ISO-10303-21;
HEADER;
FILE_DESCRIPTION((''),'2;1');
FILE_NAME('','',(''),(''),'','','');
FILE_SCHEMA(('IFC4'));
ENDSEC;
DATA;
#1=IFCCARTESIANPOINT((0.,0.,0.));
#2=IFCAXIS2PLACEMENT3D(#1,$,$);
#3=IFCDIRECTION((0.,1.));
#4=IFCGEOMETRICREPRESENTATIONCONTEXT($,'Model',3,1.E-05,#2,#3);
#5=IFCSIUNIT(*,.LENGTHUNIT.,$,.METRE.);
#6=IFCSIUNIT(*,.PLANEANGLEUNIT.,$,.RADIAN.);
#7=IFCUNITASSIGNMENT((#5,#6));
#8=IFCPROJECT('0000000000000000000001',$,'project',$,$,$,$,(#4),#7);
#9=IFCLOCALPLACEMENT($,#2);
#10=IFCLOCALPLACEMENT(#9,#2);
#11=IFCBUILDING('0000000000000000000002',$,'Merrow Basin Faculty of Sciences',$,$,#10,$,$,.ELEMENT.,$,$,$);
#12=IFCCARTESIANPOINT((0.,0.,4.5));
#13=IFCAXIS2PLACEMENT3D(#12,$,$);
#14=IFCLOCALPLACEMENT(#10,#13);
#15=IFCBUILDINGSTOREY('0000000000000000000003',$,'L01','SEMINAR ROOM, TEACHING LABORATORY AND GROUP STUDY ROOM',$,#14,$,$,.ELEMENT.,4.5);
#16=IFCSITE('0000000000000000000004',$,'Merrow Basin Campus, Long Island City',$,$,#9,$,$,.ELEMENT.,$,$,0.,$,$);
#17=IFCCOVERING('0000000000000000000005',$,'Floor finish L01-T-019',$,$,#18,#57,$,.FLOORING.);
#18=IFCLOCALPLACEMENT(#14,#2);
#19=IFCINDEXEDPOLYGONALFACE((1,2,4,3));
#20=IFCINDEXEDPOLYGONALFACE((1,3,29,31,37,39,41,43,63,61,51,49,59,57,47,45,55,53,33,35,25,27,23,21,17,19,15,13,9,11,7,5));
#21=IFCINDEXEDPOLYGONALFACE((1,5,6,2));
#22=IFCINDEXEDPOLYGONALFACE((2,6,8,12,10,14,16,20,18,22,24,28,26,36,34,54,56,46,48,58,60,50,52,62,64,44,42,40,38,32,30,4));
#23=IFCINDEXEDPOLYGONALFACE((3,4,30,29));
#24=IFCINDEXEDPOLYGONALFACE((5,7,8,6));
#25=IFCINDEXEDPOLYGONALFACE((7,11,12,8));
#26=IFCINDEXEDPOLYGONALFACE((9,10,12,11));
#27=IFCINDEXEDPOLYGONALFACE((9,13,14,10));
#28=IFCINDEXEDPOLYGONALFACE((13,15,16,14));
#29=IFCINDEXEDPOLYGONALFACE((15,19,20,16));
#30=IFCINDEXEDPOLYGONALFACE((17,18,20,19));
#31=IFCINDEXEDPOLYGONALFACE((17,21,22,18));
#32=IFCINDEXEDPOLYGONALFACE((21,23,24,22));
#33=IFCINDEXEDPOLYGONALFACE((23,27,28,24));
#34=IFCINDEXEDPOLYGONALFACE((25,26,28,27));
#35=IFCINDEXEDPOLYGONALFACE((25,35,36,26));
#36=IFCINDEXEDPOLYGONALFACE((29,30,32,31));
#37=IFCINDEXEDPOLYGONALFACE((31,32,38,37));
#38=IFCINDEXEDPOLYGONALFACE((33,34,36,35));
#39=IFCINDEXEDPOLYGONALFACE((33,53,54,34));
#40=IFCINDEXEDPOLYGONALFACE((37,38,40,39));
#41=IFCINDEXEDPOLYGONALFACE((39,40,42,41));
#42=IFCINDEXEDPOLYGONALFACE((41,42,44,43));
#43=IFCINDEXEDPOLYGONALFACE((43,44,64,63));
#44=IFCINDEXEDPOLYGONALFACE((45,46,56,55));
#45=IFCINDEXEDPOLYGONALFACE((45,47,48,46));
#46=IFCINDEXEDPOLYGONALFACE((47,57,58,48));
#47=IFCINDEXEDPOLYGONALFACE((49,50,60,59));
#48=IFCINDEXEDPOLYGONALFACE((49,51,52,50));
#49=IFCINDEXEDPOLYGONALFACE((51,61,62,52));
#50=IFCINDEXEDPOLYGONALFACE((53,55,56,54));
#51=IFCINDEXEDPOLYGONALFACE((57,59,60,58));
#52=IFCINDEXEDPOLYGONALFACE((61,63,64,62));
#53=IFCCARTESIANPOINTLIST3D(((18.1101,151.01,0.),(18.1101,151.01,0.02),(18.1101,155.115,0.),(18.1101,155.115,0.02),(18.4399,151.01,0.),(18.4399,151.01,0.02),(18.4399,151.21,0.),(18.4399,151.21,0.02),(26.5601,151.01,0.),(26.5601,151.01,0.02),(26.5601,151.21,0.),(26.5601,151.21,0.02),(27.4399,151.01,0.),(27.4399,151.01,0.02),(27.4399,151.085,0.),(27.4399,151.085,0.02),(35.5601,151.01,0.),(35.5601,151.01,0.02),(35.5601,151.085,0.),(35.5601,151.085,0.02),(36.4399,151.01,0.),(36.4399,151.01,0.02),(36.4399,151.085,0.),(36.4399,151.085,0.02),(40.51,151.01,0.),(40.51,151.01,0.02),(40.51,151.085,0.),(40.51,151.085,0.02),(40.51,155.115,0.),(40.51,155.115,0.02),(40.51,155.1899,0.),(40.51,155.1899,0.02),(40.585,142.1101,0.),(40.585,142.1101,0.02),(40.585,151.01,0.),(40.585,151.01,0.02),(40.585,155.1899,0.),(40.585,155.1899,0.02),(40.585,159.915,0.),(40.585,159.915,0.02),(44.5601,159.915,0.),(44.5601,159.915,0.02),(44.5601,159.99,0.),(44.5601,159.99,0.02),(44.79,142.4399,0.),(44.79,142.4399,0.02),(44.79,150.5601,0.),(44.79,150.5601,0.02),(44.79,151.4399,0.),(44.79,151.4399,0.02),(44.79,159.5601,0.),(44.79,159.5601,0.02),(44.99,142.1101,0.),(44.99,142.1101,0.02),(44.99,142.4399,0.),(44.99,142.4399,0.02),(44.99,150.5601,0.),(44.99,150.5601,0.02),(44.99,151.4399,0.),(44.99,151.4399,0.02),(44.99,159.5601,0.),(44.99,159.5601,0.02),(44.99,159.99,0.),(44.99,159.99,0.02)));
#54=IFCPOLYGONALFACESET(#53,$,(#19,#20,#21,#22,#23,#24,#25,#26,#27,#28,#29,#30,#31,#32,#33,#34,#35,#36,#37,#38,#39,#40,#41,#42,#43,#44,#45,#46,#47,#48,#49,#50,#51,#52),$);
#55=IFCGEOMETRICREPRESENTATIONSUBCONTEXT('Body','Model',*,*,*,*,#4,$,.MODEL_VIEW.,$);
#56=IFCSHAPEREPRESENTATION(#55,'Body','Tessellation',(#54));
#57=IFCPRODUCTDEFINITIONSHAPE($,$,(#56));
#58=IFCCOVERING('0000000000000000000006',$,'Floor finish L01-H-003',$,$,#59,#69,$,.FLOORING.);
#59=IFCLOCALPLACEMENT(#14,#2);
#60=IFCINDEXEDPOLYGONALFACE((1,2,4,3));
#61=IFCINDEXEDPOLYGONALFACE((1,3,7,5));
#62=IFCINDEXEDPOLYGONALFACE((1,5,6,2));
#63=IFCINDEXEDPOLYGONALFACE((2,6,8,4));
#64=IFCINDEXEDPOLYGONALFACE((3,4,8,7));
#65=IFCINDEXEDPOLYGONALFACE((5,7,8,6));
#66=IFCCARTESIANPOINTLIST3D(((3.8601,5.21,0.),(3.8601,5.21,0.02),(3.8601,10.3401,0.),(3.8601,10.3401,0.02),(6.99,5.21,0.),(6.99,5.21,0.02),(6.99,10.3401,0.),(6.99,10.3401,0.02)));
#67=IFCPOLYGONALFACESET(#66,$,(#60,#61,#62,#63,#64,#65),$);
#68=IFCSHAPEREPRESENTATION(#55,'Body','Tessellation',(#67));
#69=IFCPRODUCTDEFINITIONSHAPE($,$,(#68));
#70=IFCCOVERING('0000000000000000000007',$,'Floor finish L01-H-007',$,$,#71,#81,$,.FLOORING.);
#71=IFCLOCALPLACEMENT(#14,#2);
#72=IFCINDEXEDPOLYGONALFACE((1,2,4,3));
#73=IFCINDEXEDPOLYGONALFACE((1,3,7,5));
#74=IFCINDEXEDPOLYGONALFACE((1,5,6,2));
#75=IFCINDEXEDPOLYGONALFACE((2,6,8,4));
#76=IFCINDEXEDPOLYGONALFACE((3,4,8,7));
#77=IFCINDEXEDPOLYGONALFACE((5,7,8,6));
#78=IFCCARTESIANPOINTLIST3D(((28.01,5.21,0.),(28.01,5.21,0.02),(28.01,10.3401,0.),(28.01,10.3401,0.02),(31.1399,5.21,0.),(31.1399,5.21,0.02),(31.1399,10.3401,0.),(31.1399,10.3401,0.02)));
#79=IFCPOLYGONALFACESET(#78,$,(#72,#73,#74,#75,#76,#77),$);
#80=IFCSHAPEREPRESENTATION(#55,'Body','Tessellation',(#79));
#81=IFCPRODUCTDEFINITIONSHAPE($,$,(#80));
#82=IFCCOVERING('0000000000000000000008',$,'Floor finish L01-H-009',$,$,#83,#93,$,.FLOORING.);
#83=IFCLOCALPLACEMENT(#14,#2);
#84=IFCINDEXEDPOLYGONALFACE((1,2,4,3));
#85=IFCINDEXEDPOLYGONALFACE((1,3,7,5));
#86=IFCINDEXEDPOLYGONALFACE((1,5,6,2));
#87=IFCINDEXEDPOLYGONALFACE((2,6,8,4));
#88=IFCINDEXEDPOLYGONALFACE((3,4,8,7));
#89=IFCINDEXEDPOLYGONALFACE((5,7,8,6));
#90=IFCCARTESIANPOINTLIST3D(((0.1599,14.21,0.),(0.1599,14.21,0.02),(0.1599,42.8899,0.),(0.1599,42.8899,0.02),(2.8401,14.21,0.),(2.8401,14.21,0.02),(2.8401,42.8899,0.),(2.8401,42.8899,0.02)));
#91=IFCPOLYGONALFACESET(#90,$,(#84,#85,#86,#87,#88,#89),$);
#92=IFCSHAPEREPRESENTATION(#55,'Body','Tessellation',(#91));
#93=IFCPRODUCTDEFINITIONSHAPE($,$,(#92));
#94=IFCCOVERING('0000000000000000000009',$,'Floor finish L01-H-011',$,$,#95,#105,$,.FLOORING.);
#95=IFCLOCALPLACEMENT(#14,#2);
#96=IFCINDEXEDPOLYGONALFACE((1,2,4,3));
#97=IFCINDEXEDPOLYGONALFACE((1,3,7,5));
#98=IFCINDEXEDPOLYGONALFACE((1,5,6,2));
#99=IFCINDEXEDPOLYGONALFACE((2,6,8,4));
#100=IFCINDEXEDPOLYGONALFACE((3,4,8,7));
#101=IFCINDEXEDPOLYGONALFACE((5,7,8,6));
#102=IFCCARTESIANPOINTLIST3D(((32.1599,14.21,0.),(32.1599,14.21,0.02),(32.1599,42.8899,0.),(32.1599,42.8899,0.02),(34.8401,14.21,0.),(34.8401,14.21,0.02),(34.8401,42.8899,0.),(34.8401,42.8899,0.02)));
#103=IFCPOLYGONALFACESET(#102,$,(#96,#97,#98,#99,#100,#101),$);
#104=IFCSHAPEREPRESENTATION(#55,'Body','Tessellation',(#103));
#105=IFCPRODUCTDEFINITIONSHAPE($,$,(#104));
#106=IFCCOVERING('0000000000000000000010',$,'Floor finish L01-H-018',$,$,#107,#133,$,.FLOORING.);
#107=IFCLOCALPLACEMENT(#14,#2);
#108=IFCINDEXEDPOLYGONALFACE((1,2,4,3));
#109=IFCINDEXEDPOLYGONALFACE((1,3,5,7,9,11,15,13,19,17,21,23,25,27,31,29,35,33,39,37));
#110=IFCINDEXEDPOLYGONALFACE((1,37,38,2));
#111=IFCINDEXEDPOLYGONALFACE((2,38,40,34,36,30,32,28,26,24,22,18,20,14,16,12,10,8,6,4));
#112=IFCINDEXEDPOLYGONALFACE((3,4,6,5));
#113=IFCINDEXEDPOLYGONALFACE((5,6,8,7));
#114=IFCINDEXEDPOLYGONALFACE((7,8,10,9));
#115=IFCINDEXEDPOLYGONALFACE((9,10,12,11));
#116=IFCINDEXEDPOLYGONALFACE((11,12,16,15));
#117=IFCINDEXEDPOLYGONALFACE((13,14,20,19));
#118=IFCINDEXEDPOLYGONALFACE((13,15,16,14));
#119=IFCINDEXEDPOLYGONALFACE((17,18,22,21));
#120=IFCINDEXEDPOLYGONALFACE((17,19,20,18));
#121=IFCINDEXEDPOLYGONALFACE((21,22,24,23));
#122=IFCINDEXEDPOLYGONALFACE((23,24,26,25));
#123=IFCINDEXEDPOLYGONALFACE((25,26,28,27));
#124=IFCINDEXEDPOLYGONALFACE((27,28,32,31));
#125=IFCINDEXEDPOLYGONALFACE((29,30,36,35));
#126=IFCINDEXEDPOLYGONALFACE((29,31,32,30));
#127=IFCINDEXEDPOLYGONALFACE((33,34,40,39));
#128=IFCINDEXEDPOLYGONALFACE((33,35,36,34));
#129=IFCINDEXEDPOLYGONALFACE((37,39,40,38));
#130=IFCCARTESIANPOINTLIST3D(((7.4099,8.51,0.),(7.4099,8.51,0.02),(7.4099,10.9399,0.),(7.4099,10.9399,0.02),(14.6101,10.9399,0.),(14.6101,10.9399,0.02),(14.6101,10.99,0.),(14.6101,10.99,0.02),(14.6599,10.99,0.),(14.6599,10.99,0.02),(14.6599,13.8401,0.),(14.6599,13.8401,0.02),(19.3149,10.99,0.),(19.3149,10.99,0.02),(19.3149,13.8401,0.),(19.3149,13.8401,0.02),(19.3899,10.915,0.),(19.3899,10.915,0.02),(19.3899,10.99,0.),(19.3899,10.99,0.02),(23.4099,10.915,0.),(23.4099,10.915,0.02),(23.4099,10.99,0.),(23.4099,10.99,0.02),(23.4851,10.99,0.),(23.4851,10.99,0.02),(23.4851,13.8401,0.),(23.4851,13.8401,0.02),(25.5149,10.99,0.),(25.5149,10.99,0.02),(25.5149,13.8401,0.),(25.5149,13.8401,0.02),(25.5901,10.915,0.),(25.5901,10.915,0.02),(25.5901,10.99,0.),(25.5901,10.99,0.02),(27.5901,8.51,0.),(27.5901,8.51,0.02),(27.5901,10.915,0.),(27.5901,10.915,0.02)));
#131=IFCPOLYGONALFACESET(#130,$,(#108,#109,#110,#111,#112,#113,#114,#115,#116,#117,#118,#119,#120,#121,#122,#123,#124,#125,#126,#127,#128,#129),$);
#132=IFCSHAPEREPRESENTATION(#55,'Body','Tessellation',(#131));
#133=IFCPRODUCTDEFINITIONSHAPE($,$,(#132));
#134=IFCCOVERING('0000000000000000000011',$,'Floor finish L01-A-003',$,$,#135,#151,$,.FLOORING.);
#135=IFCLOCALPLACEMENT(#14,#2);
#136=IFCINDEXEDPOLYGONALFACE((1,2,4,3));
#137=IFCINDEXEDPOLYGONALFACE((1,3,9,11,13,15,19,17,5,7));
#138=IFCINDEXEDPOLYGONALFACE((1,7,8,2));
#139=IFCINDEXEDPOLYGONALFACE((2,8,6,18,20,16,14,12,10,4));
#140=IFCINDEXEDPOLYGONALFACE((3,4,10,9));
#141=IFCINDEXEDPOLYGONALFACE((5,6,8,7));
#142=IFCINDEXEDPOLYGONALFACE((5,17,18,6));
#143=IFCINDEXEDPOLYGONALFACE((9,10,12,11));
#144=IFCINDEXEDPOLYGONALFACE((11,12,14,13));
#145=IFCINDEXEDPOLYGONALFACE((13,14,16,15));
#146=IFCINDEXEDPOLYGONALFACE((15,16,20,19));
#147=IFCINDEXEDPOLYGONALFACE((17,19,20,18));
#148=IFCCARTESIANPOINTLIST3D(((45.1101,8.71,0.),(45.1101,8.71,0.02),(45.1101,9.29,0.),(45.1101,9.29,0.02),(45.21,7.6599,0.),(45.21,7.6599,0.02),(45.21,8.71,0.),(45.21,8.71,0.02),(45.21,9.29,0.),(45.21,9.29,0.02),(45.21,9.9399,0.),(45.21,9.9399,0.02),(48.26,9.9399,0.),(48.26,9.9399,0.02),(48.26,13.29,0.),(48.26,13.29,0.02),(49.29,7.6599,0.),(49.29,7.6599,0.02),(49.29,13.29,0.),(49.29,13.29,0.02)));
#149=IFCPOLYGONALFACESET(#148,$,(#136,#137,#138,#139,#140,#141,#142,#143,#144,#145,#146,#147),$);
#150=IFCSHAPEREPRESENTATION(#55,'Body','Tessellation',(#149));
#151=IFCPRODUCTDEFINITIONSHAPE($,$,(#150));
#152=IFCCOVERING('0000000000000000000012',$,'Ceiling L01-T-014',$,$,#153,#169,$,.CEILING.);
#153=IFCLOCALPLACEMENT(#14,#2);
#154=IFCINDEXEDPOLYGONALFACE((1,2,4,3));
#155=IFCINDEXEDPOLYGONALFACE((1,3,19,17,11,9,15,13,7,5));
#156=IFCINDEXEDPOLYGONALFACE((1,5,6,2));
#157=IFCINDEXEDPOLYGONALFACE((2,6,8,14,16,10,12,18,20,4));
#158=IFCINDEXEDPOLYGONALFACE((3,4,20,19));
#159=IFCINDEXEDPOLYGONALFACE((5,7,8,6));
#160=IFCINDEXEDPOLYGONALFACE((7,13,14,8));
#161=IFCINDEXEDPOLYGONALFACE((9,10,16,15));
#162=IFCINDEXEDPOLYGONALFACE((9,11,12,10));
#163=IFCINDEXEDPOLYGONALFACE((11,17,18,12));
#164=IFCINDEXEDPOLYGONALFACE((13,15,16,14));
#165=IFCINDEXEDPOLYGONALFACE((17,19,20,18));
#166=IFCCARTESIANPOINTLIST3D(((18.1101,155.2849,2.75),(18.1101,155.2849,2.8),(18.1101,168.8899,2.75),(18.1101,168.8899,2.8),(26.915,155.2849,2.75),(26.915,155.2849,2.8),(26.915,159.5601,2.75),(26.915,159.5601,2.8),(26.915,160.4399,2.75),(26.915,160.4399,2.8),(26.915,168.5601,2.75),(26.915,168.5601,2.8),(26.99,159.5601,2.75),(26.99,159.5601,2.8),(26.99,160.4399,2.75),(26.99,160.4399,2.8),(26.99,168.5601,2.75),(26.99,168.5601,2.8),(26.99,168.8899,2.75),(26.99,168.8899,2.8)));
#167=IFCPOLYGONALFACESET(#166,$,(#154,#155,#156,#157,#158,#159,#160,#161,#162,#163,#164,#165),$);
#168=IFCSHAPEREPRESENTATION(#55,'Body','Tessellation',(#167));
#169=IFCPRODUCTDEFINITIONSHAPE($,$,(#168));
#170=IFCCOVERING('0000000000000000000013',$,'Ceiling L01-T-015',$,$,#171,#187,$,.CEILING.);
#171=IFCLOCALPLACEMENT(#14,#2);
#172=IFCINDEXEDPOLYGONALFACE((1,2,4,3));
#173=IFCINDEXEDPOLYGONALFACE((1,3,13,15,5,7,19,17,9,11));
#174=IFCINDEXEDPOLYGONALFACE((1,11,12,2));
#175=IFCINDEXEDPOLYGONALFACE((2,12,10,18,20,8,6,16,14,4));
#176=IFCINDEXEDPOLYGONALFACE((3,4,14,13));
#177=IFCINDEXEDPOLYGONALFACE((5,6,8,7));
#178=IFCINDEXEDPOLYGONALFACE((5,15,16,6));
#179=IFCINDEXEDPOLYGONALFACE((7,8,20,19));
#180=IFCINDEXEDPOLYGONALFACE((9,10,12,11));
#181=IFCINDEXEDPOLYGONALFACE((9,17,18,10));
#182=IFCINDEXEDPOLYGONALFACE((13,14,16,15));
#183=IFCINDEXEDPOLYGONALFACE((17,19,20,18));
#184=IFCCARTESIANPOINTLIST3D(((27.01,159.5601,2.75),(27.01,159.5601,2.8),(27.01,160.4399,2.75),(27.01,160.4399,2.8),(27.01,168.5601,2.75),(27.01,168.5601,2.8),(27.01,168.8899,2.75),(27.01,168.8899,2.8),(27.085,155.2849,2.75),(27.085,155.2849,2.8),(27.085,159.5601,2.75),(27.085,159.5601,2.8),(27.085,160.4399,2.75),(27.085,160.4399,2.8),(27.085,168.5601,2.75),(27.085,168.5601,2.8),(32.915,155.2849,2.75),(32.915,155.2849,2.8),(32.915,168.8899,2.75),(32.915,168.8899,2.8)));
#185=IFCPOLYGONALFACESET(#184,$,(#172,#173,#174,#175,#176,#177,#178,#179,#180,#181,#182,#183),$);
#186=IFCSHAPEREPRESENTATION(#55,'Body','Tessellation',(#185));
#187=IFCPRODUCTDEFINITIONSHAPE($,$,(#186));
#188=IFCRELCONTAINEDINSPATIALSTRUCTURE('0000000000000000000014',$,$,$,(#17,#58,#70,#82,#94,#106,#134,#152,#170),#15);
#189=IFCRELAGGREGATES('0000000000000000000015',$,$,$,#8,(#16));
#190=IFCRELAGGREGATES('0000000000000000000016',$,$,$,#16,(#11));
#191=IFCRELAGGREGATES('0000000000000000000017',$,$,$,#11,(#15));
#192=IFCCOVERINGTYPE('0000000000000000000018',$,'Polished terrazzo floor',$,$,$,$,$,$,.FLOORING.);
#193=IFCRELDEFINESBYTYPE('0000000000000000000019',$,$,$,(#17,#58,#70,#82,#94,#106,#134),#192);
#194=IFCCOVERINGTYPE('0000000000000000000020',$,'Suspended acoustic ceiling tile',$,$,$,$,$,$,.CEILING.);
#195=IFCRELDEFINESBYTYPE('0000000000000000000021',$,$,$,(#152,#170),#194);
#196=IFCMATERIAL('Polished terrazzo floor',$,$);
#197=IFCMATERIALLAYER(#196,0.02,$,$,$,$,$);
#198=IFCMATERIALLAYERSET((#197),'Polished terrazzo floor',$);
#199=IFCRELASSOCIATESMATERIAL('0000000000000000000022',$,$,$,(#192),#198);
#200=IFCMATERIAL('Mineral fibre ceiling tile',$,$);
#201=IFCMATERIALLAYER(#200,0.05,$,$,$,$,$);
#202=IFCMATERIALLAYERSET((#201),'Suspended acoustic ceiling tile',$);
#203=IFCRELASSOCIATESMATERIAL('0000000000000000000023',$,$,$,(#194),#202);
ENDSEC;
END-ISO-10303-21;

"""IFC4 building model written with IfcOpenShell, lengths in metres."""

from ifc_helpers import new_model, si_unit, direction, frame, origin, place, context, subcontext, project, spatial, polyline, outline, extrude, material, layer, layer_set, type_object, element, save


model = new_model("IFC4")

# Units and contexts
model_context = context("Model", 3, precision=1e-05, world=origin(), true_north=direction((0.0, 1.0)))
body_context = subcontext(model_context, "Body", "Model", "MODEL_VIEW")
ifc_project = project(units=[si_unit("LENGTHUNIT", "METRE"), si_unit("PLANEANGLEUNIT", "RADIAN")], contexts=[model_context])

# Site, building, storey
site_placement = place(None, origin())
site = spatial("IfcSite", under=ifc_project, at=site_placement, Name="Merrow Basin Campus, Long Island City", CompositionType="ELEMENT", RefElevation=0.0)
building_placement = place(site_placement, origin())
building = spatial("IfcBuilding", under=site, at=building_placement, Name="Merrow Basin Faculty of Sciences", CompositionType="ELEMENT")
storey_placement = place(building_placement, frame((0.0, 0.0, 4.5)))
storey = spatial("IfcBuildingStorey", under=building, at=storey_placement, Name="L01", Description="SEMINAR ROOM, TEACHING LABORATORY AND GROUP STUDY ROOM", CompositionType="ELEMENT", Elevation=4.5)

# Coverings
ifc_material_1 = material(Name="Polished terrazzo floor")
ifc_layer_1 = layer(ifc_material_1, 0.02)
ifc_layer_set_1 = layer_set([ifc_layer_1], Name="Polished terrazzo floor")
covering_type_1 = type_object("IfcCoveringType", Name="Polished terrazzo floor", PredefinedType="FLOORING", material=ifc_layer_set_1)
covering_1_placement = place(storey_placement, origin())
element("IfcCovering", 1, at=covering_1_placement, inside=storey, type_object=covering_type_1, Name="Floor finish L01-T-019", PredefinedType="FLOORING", context=body_context, shape_type="SweptSolid", body=[
    extrude(outline(polyline([(44.99, 159.5601), (44.79, 159.5601), (44.79, 151.4399), (44.99, 151.4399), (44.99, 150.5601), (44.79, 150.5601), (44.79, 142.4399), (44.99, 142.4399), (44.99, 142.1101), (40.585, 142.1101), (40.585, 151.01), (40.51, 151.01), (40.51, 151.085), (36.4399, 151.085), (36.4399, 151.01), (35.5601, 151.01), (35.5601, 151.085), (27.4399, 151.085), (27.4399, 151.01), (26.5601, 151.01), (26.5601, 151.21), (18.4399, 151.21), (18.4399, 151.01), (18.1101, 151.01), (18.1101, 155.115), (40.51, 155.115), (40.51, 155.1899), (40.585, 155.1899), (40.585, 159.915), (44.5601, 159.915), (44.5601, 159.99), (44.99, 159.99), (44.99, 159.5601)])), origin(), (0.0, 0.0, 1.0), 0.02),
])
covering_2_placement = place(storey_placement, origin())
element("IfcCovering", 2, at=covering_2_placement, inside=storey, type_object=covering_type_1, Name="Floor finish L01-H-003", PredefinedType="FLOORING", context=body_context, shape_type="SweptSolid", body=[
    extrude(outline(polyline([(3.8601, 5.21), (3.8601, 10.3401), (6.99, 10.3401), (6.99, 5.21), (3.8601, 5.21)])), origin(), (0.0, 0.0, 1.0), 0.02),
])
covering_3_placement = place(storey_placement, origin())
element("IfcCovering", 3, at=covering_3_placement, inside=storey, type_object=covering_type_1, Name="Floor finish L01-H-007", PredefinedType="FLOORING", context=body_context, shape_type="SweptSolid", body=[
    extrude(outline(polyline([(28.01, 5.21), (28.01, 10.3401), (31.1399, 10.3401), (31.1399, 5.21), (28.01, 5.21)])), origin(), (0.0, 0.0, 1.0), 0.02),
])
covering_4_placement = place(storey_placement, origin())
element("IfcCovering", 4, at=covering_4_placement, inside=storey, type_object=covering_type_1, Name="Floor finish L01-H-009", PredefinedType="FLOORING", context=body_context, shape_type="SweptSolid", body=[
    extrude(outline(polyline([(0.1599, 42.8899), (2.8401, 42.8899), (2.8401, 14.21), (0.1599, 14.21), (0.1599, 42.8899)])), origin(), (0.0, 0.0, 1.0), 0.02),
])
covering_5_placement = place(storey_placement, origin())
element("IfcCovering", 5, at=covering_5_placement, inside=storey, type_object=covering_type_1, Name="Floor finish L01-H-011", PredefinedType="FLOORING", context=body_context, shape_type="SweptSolid", body=[
    extrude(outline(polyline([(34.8401, 42.8899), (34.8401, 14.21), (32.1599, 14.21), (32.1599, 42.8899), (34.8401, 42.8899)])), origin(), (0.0, 0.0, 1.0), 0.02),
])
covering_6_placement = place(storey_placement, origin())
element("IfcCovering", 6, at=covering_6_placement, inside=storey, type_object=covering_type_1, Name="Floor finish L01-H-018", PredefinedType="FLOORING", context=body_context, shape_type="SweptSolid", body=[
    extrude(outline(polyline([(7.4099, 8.51), (7.4099, 10.9399), (14.6101, 10.9399), (14.6101, 10.99), (14.6599, 10.99), (14.6599, 13.8401), (19.3149, 13.8401), (19.3149, 10.99), (19.3899, 10.99), (19.3899, 10.915), (23.4099, 10.915), (23.4099, 10.99), (23.4851, 10.99), (23.4851, 13.8401), (25.5149, 13.8401), (25.5149, 10.99), (25.5901, 10.99), (25.5901, 10.915), (27.5901, 10.915), (27.5901, 8.51), (7.4099, 8.51)])), origin(), (0.0, 0.0, 1.0), 0.02),
])
covering_7_placement = place(storey_placement, origin())
element("IfcCovering", 7, at=covering_7_placement, inside=storey, type_object=covering_type_1, Name="Floor finish L01-A-003", PredefinedType="FLOORING", context=body_context, shape_type="SweptSolid", body=[
    extrude(outline(polyline([(45.1101, 9.29), (45.21, 9.29), (45.21, 9.9399), (48.26, 9.9399), (48.26, 13.29), (49.29, 13.29), (49.29, 7.6599), (45.21, 7.6599), (45.21, 8.71), (45.1101, 8.71), (45.1101, 9.29)])), origin(), (0.0, 0.0, 1.0), 0.02),
])
ifc_material_2 = material(Name="Mineral fibre ceiling tile")
ifc_layer_2 = layer(ifc_material_2, 0.05)
ifc_layer_set_2 = layer_set([ifc_layer_2], Name="Suspended acoustic ceiling tile")
covering_type_2 = type_object("IfcCoveringType", Name="Suspended acoustic ceiling tile", PredefinedType="CEILING", material=ifc_layer_set_2)
covering_8_placement = place(storey_placement, frame((0.0, 0.0, 2.75)))
element("IfcCovering", 8, at=covering_8_placement, inside=storey, type_object=covering_type_2, Name="Ceiling L01-T-014", PredefinedType="CEILING", context=body_context, shape_type="SweptSolid", body=[
    extrude(outline(polyline([(18.1101, 168.8899), (26.99, 168.8899), (26.99, 168.5601), (26.915, 168.5601), (26.915, 160.4399), (26.99, 160.4399), (26.99, 159.5601), (26.915, 159.5601), (26.915, 155.2849), (18.1101, 155.2849), (18.1101, 168.8899)])), origin(), (0.0, 0.0, 1.0), 0.05),
])
covering_9_placement = place(storey_placement, frame((0.0, 0.0, 2.75)))
element("IfcCovering", 9, at=covering_9_placement, inside=storey, type_object=covering_type_2, Name="Ceiling L01-T-015", PredefinedType="CEILING", context=body_context, shape_type="SweptSolid", body=[
    extrude(outline(polyline([(27.01, 160.4399), (27.085, 160.4399), (27.085, 168.5601), (27.01, 168.5601), (27.01, 168.8899), (32.915, 168.8899), (32.915, 155.2849), (27.085, 155.2849), (27.085, 159.5601), (27.01, 159.5601), (27.01, 160.4399)])), origin(), (0.0, 0.0, 1.0), 0.05),
])

save(model, "model.ifc")
